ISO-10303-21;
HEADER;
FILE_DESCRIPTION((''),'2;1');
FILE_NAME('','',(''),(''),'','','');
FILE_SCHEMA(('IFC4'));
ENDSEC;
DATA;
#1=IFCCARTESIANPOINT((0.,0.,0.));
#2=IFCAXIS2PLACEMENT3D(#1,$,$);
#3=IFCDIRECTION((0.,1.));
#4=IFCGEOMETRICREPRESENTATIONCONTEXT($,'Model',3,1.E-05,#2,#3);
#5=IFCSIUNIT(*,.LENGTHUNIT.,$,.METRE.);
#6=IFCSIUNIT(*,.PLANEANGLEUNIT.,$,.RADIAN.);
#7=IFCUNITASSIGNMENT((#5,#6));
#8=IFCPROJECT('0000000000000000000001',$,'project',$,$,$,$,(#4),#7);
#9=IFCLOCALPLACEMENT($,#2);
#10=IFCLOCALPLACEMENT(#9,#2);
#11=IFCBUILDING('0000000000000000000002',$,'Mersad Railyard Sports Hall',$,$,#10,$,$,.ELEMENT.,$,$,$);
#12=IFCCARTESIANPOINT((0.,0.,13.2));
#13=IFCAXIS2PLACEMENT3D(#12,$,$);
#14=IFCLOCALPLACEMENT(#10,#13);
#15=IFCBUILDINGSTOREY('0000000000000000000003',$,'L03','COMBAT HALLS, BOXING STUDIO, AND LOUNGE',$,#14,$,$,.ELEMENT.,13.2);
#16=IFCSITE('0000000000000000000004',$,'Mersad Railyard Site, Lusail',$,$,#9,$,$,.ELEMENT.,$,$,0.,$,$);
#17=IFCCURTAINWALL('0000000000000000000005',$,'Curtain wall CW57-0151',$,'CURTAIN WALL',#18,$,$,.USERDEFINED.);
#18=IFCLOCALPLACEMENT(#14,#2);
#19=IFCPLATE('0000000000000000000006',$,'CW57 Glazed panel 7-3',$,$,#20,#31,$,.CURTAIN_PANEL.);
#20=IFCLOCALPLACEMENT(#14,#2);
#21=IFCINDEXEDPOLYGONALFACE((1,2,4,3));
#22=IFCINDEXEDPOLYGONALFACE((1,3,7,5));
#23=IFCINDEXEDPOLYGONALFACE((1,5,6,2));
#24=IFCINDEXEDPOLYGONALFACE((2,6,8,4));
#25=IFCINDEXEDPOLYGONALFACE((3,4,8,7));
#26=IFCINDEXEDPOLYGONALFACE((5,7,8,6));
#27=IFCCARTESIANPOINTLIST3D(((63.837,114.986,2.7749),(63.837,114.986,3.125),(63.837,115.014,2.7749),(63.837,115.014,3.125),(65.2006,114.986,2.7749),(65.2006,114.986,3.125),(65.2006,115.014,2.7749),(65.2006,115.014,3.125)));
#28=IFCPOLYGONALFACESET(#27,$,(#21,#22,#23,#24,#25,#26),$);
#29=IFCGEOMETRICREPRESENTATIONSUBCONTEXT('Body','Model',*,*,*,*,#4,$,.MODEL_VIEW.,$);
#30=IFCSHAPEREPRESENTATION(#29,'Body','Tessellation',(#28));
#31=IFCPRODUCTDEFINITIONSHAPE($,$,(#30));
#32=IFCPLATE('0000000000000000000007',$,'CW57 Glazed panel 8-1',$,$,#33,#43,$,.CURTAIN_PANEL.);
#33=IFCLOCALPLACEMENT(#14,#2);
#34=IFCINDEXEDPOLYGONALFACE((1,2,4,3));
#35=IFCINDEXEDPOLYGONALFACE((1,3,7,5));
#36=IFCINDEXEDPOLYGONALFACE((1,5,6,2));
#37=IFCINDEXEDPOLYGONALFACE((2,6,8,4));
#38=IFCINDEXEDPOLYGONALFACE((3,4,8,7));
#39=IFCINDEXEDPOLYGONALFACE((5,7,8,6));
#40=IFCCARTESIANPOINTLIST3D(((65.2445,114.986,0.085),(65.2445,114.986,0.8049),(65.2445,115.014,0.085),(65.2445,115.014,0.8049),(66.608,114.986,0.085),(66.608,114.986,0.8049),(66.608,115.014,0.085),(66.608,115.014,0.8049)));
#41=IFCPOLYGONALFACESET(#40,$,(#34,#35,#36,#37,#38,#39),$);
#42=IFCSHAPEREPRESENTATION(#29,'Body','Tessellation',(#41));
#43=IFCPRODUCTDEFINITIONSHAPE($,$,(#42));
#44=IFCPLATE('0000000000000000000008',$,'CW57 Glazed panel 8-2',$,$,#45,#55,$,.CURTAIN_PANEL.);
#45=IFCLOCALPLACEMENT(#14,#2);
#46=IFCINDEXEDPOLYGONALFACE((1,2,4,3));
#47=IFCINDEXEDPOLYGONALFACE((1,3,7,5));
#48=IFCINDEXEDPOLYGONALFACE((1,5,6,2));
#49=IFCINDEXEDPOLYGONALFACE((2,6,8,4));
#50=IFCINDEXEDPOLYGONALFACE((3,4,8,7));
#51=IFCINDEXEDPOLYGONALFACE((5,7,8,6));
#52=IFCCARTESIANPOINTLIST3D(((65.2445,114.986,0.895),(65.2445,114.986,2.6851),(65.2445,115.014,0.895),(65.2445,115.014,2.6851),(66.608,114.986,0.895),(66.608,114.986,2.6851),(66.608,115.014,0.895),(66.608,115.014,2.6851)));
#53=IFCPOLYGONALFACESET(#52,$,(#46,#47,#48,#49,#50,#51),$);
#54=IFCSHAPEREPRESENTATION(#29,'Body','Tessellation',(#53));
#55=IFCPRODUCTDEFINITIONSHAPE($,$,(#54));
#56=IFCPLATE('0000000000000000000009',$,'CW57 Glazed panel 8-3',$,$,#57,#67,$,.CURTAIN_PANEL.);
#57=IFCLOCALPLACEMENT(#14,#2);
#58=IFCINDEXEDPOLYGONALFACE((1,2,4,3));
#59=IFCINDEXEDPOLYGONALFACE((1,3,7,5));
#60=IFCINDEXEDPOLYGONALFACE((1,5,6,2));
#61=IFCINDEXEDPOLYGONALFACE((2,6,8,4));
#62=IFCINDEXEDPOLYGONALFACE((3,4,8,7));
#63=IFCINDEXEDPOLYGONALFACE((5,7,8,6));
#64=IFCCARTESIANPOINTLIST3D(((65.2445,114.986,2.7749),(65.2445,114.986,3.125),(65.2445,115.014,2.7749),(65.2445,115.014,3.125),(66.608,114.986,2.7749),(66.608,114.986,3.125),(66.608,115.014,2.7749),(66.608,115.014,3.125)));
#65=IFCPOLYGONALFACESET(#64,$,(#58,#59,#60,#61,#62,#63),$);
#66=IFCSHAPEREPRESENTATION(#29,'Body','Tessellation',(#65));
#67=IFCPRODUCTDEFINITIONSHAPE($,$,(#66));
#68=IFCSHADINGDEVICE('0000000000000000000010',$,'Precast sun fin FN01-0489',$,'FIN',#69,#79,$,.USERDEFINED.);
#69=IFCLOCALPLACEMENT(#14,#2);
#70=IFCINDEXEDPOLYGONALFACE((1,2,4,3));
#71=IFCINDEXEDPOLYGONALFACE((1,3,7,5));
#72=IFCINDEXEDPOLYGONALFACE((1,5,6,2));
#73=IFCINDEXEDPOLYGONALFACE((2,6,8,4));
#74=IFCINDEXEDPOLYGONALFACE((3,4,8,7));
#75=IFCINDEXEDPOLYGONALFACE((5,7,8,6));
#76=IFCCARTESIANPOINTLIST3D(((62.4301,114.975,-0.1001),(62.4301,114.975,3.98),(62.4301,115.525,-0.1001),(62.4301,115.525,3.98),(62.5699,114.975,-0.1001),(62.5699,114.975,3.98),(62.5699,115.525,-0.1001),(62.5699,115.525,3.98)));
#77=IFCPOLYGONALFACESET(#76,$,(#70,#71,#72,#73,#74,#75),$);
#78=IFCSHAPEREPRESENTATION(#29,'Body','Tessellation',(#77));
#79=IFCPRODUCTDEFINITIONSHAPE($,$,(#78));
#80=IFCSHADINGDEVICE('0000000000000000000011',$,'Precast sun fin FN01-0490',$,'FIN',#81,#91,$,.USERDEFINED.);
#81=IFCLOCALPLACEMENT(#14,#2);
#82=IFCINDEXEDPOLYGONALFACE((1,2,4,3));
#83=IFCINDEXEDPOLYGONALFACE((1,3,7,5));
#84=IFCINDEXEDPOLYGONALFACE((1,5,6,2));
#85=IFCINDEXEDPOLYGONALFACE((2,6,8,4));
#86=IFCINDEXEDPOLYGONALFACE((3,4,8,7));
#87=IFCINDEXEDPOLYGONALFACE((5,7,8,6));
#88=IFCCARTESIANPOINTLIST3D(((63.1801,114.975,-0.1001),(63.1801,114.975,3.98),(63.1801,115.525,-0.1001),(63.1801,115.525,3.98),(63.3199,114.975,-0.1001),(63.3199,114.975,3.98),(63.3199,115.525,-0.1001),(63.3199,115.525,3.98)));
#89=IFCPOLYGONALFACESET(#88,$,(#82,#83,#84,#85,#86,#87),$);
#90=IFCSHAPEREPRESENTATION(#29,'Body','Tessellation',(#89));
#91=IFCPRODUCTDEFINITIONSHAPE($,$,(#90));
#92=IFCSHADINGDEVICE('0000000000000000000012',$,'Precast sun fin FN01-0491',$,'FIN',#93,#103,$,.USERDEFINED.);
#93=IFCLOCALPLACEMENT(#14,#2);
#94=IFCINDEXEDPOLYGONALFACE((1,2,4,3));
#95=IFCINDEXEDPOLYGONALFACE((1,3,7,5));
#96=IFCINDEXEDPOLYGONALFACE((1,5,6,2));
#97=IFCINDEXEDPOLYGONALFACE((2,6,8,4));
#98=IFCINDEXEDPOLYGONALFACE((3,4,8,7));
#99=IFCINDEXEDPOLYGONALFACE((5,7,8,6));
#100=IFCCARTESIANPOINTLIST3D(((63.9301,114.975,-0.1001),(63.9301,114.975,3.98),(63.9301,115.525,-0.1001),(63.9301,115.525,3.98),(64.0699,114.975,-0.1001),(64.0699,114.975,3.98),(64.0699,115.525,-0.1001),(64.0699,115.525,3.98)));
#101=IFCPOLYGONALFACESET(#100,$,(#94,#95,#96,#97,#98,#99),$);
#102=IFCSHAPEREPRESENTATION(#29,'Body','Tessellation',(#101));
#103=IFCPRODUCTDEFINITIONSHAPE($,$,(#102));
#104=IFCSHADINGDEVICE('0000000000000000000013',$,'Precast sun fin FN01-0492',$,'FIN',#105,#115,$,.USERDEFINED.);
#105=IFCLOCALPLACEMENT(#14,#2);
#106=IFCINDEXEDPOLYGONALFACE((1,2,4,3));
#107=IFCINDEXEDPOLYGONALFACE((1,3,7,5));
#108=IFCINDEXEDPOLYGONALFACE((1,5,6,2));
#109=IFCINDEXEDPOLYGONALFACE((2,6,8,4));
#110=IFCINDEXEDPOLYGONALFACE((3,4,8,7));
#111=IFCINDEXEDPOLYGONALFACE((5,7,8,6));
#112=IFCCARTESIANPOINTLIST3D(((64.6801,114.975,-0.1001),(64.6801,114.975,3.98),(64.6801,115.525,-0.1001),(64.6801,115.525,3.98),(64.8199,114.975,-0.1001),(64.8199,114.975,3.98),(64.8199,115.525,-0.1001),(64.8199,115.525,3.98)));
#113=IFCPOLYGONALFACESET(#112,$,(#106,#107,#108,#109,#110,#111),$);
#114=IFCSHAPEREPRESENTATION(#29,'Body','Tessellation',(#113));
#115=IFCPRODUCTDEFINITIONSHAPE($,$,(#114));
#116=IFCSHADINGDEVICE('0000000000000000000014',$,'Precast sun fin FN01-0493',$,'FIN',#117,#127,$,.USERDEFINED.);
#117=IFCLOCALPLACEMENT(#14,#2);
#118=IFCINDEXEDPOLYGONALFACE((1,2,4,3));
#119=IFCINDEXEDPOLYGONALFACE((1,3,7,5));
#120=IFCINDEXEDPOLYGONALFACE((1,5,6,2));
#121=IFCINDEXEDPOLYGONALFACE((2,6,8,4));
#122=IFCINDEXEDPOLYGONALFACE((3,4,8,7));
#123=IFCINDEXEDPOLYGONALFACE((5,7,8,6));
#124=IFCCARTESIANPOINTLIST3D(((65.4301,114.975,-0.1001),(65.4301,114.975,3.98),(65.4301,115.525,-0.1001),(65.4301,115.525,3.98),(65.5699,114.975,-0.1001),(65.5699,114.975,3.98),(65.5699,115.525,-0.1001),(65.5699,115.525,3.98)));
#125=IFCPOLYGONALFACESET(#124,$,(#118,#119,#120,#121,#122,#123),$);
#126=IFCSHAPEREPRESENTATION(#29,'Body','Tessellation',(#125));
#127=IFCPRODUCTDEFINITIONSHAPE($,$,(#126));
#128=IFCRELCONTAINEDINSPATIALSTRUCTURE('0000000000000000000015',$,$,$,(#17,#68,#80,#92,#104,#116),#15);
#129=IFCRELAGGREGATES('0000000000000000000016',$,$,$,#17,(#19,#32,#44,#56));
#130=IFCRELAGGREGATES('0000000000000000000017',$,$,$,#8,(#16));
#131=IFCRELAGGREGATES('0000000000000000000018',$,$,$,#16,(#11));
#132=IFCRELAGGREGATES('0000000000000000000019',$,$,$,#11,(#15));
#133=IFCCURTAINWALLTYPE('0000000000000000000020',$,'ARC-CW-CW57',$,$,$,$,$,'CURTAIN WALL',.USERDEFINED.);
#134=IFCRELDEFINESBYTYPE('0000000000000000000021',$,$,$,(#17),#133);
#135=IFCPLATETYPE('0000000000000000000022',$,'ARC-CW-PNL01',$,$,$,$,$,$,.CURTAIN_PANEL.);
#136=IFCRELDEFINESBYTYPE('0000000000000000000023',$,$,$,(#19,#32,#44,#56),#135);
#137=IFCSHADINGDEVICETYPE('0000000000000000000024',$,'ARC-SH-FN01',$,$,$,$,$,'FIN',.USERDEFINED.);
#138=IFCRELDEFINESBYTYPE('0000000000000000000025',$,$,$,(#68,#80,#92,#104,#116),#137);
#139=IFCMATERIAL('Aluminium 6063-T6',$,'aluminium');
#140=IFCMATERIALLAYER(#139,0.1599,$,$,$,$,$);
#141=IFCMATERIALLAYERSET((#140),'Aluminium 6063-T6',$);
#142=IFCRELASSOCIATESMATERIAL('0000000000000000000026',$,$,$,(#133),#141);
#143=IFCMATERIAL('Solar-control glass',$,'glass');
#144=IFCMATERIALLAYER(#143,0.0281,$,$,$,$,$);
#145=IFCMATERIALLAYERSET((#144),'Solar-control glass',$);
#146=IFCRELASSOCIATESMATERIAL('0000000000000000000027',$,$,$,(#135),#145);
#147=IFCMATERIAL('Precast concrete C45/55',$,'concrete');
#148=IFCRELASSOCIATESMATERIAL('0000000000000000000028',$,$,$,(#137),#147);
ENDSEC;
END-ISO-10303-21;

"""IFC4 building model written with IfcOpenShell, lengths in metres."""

from ifc_helpers import new_model, si_unit, direction, frame, origin, origin_2d, place, context, subcontext, project, spatial, rectangle, extrude, material, layer, layer_set, type_object, element, aggregate, save


model = new_model("IFC4")

# Units and contexts
model_context = context("Model", 3, precision=1e-05, world=origin(), true_north=direction((0.0, 1.0)))
body_context = subcontext(model_context, "Body", "Model", "MODEL_VIEW")
ifc_project = project(units=[si_unit("LENGTHUNIT", "METRE"), si_unit("PLANEANGLEUNIT", "RADIAN")], contexts=[model_context])

# Site, building, storey
site_placement = place(None, origin())
site = spatial("IfcSite", under=ifc_project, at=site_placement, Name="Mersad Railyard Site, Lusail", CompositionType="ELEMENT", RefElevation=0.0)
building_placement = place(site_placement, origin())
building = spatial("IfcBuilding", under=site, at=building_placement, Name="Mersad Railyard Sports Hall", CompositionType="ELEMENT")
storey_placement = place(building_placement, frame((0.0, 0.0, 13.2)))
storey = spatial("IfcBuildingStorey", under=building, at=storey_placement, Name="L03", Description="COMBAT HALLS, BOXING STUDIO, AND LOUNGE", CompositionType="ELEMENT", Elevation=13.2)

# Curtain wall
ifc_material_1 = material(Name="Aluminium 6063-T6", Category="aluminium")
ifc_layer_1 = layer(ifc_material_1, 0.1599)
ifc_layer_set_1 = layer_set([ifc_layer_1], Name="Aluminium 6063-T6")
curtain_wall_type = type_object("IfcCurtainWallType", Name="ARC-CW-CW57", ElementType="CURTAIN WALL", PredefinedType="USERDEFINED", material=ifc_layer_set_1)
curtain_wall_placement = place(storey_placement, origin())
curtain_wall = element("IfcCurtainWall", 1, at=curtain_wall_placement, inside=storey, type_object=curtain_wall_type, Name="Curtain wall CW57-0151", ObjectType="CURTAIN WALL", PredefinedType="USERDEFINED")

# Plates
ifc_material_2 = material(Name="Solar-control glass", Category="glass")
ifc_layer_2 = layer(ifc_material_2, 0.0281)
ifc_layer_set_2 = layer_set([ifc_layer_2], Name="Solar-control glass")
plate_type = type_object("IfcPlateType", Name="ARC-CW-PNL01", PredefinedType="CURTAIN_PANEL", material=ifc_layer_set_2)
plate_1_placement = place(storey_placement, frame((64.5188, 115.0, 2.7749), z_axis=(0.0, 0.0, 1.0), x_axis=(1.0, 0.0, 0.0)))
plate_1 = element("IfcPlate", 2, at=plate_1_placement, type_object=plate_type, Name="CW57 Glazed panel 7-3", PredefinedType="CURTAIN_PANEL", context=body_context, shape_type="SweptSolid", body=[
    extrude(rectangle(XDim=1.3635, YDim=0.0281, at=origin_2d()), origin(), (0.0, 0.0, 1.0), 0.3501),
])
plate_2_placement = place(storey_placement, frame((65.9263, 115.0, 0.085), z_axis=(0.0, 0.0, 1.0), x_axis=(1.0, 0.0, 0.0)))
plate_2 = element("IfcPlate", 3, at=plate_2_placement, type_object=plate_type, Name="CW57 Glazed panel 8-1", PredefinedType="CURTAIN_PANEL", context=body_context, shape_type="SweptSolid", body=[
    extrude(rectangle(XDim=1.3635, YDim=0.0281, at=origin_2d()), origin(), (0.0, 0.0, 1.0), 0.72),
])
plate_3_placement = place(storey_placement, frame((65.9263, 115.0, 0.895), z_axis=(0.0, 0.0, 1.0), x_axis=(1.0, 0.0, 0.0)))
plate_3 = element("IfcPlate", 4, at=plate_3_placement, type_object=plate_type, Name="CW57 Glazed panel 8-2", PredefinedType="CURTAIN_PANEL", context=body_context, shape_type="SweptSolid", body=[
    extrude(rectangle(XDim=1.3635, YDim=0.0281, at=origin_2d()), origin(), (0.0, 0.0, 1.0), 1.79),
])
plate_4_placement = place(storey_placement, frame((65.9263, 115.0, 2.7749), z_axis=(0.0, 0.0, 1.0), x_axis=(1.0, 0.0, 0.0)))
plate_4 = element("IfcPlate", 5, at=plate_4_placement, type_object=plate_type, Name="CW57 Glazed panel 8-3", PredefinedType="CURTAIN_PANEL", context=body_context, shape_type="SweptSolid", body=[
    extrude(rectangle(XDim=1.3635, YDim=0.0281, at=origin_2d()), origin(), (0.0, 0.0, 1.0), 0.3501),
])
aggregate(curtain_wall, [plate_1, plate_2, plate_3, plate_4])

# Shading devices
ifc_material_3 = material(Name="Precast concrete C45/55", Category="concrete")
shading_device_type = type_object("IfcShadingDeviceType", Name="ARC-SH-FN01", ElementType="FIN", PredefinedType="USERDEFINED", material=ifc_material_3)
for number, where, z_axis, x_axis, name in (
    (6, (62.5, 115.25, -0.1001), (0.0, 0.0, 1.0), (1.0, 0.0, 0.0), "Precast sun fin FN01-0489"),
    (7, (63.25, 115.25, -0.1001), (0.0, 0.0, 1.0), (1.0, 0.0, 0.0), "Precast sun fin FN01-0490"),
    (8, (64.0, 115.25, -0.1001), (0.0, 0.0, 1.0), (1.0, 0.0, 0.0), "Precast sun fin FN01-0491"),
    (9, (64.75, 115.25, -0.1001), (0.0, 0.0, 1.0), (1.0, 0.0, 0.0), "Precast sun fin FN01-0492"),
    (10, (65.5, 115.25, -0.1001), (0.0, 0.0, 1.0), (1.0, 0.0, 0.0), "Precast sun fin FN01-0493"),
):
    element("IfcShadingDevice", number, at=place(storey_placement, frame(where, z_axis=z_axis, x_axis=x_axis)), inside=storey, type_object=shading_device_type, Name=name, ObjectType="FIN", PredefinedType="USERDEFINED", context=body_context, shape_type="SweptSolid", body=[
        extrude(rectangle(XDim=0.1399, YDim=0.55, at=origin_2d()), origin(), (0.0, 0.0, 1.0), 4.0801),
    ])

save(model, "model.ifc")
